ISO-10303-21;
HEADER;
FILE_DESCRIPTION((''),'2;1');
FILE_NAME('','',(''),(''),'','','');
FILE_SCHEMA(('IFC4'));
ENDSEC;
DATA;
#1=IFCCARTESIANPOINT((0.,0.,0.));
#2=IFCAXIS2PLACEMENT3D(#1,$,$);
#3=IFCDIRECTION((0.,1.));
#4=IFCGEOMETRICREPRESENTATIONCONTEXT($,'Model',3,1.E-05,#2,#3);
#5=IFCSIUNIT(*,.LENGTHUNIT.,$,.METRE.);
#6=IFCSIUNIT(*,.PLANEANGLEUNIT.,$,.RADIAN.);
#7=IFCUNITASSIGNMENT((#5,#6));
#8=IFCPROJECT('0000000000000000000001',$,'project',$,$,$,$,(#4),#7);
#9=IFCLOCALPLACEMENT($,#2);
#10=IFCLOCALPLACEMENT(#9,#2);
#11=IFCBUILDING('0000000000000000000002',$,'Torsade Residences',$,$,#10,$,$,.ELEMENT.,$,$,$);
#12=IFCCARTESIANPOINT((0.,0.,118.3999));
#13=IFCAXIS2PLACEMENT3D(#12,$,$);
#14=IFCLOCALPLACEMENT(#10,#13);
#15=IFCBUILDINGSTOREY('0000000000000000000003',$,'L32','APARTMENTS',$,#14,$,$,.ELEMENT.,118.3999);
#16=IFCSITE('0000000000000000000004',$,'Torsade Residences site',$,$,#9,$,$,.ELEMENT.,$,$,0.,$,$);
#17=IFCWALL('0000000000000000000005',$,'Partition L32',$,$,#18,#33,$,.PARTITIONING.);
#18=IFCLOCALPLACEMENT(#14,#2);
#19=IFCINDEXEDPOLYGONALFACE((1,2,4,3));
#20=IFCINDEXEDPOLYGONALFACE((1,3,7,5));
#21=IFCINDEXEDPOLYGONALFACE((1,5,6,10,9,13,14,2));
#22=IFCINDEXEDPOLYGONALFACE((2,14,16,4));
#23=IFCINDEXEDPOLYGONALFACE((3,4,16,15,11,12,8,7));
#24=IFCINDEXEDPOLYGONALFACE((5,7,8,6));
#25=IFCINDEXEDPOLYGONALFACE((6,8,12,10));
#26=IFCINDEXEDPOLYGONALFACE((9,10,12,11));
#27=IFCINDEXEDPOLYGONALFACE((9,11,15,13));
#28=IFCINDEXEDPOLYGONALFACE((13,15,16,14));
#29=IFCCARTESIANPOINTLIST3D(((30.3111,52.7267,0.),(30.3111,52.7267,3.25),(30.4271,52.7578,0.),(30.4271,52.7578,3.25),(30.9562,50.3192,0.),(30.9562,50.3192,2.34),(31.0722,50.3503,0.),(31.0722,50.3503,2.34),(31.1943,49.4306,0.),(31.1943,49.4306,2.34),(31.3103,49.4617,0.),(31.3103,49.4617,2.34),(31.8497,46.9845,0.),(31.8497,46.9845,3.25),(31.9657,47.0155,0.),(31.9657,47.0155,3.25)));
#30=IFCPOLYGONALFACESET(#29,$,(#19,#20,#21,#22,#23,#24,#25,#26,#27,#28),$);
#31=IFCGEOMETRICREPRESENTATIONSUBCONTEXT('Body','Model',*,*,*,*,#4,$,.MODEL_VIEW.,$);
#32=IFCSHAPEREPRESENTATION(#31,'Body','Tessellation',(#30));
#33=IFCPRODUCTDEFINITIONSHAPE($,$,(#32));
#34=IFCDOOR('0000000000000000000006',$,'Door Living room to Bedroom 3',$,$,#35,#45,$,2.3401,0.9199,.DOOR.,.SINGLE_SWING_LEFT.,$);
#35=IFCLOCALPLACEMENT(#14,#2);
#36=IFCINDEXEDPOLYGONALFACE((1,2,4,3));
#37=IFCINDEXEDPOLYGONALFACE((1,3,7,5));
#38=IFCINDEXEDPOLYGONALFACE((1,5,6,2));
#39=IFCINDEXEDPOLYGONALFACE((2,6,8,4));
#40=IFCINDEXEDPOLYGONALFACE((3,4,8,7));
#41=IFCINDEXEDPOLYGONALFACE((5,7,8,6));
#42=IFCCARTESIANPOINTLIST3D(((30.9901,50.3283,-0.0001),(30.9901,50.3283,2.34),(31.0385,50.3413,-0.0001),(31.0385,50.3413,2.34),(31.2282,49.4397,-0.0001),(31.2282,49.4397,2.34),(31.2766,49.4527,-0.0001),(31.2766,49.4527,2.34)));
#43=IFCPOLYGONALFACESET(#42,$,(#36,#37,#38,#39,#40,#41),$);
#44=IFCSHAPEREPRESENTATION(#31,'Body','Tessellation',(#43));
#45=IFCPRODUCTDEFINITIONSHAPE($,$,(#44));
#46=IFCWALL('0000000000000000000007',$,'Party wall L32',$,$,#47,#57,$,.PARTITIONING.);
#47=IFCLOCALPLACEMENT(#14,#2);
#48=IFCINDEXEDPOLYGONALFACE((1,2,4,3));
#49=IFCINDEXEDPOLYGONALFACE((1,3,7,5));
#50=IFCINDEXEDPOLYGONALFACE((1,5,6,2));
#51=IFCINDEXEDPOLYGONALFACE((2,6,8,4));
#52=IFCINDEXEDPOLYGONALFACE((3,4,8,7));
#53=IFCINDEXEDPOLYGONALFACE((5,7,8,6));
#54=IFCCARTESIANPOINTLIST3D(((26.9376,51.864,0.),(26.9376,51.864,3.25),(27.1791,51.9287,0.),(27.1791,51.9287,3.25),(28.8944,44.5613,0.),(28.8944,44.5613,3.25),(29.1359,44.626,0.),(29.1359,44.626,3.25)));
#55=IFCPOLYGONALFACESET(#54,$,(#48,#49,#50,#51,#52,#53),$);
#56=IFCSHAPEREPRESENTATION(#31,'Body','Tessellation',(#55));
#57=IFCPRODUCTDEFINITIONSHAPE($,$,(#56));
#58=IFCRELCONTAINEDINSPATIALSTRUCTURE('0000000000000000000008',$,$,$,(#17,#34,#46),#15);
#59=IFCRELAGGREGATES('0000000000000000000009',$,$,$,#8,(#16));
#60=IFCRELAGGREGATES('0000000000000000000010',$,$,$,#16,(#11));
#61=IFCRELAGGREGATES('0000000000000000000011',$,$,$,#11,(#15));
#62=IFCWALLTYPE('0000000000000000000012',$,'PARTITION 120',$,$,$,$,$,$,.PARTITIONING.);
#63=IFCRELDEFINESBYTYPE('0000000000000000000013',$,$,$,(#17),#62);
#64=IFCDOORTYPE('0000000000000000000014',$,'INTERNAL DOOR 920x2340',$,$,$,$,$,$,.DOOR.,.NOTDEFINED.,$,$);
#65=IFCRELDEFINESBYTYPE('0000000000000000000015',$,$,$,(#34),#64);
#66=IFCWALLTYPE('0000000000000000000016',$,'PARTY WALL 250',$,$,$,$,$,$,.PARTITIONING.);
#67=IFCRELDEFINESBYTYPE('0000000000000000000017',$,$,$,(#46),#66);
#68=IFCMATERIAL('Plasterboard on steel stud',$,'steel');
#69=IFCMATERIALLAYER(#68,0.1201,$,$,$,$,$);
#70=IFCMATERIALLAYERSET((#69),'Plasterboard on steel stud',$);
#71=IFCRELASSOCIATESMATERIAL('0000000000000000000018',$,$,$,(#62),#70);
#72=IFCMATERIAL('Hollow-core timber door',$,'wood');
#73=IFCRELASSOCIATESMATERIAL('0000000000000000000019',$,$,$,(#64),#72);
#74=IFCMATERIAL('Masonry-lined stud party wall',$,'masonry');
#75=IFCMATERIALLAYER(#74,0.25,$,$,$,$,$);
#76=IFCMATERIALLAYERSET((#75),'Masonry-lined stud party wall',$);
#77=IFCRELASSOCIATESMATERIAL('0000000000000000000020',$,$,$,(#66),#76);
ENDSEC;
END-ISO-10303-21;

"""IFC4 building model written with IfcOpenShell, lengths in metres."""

from ifc_helpers import new_model, si_unit, direction, frame, frame_2d, origin, place, context, subcontext, project, spatial, rectangle, extrude, material, layer, layer_set, type_object, element, fill, save


model = new_model("IFC4")

# Units and contexts
model_context = context("Model", 3, precision=1e-05, world=origin(), true_north=direction((0.0, 1.0)))
body_context = subcontext(model_context, "Body", "Model", "MODEL_VIEW")
ifc_project = project(units=[si_unit("LENGTHUNIT", "METRE"), si_unit("PLANEANGLEUNIT", "RADIAN")], contexts=[model_context])

# Site, building, storey
site_placement = place(None, origin())
site = spatial("IfcSite", under=ifc_project, at=site_placement, Name="Torsade Residences site", CompositionType="ELEMENT", RefElevation=0.0)
building_placement = place(site_placement, origin())
building = spatial("IfcBuilding", under=site, at=building_placement, Name="Torsade Residences", CompositionType="ELEMENT")
storey_placement = place(building_placement, frame((0.0, 0.0, 118.3999)))
storey = spatial("IfcBuildingStorey", under=building, at=storey_placement, Name="L32", Description="APARTMENTS", CompositionType="ELEMENT", Elevation=118.3999)

# Shared definitions
ifc_material_1 = material(Name="Plasterboard on steel stud", Category="steel")
ifc_layer_1 = layer(ifc_material_1, 0.1201)
ifc_layer_set_1 = layer_set([ifc_layer_1], Name="Plasterboard on steel stud")
wall_type_1 = type_object("IfcWallType", Name="PARTITION 120", PredefinedType="PARTITIONING", material=ifc_layer_set_1)

# Wall, opening, door
wall_1_placement = place(storey_placement, frame((31.9077, 47.0, 0.0), z_axis=(0.0, 0.0, 1.0), x_axis=(-0.258813, 0.965928, 0.0)))
wall_1 = element("IfcWall", 1, at=wall_1_placement, inside=storey, type_object=wall_type_1, Name="Partition L32", PredefinedType="PARTITIONING", context=body_context, shape_type="SweptSolid", body=[
    extrude(rectangle(XDim=5.9448, YDim=0.1201, at=frame_2d((2.9724, 0.0))), origin(), (0.0, 0.0, 1.0), 3.25),
])
opening_1_placement = place(wall_1_placement, frame((2.5325, 0.0, 0.0)))
opening_1 = element("IfcOpeningElement", 2, at=opening_1_placement, cuts=wall_1, PredefinedType="OPENING", context=body_context, shape_type="SweptSolid", body=[
    extrude(rectangle(XDim=0.9199, YDim=2.3401, at=frame_2d((0.46, 1.1699))), frame((0.0, 0.0701, 0.0), z_axis=(0.0, -1.0, 0.0), x_axis=(1.0, 0.0, 0.0)), (0.0, 0.0, 1.0), 0.1401),
])
ifc_material_2 = material(Name="Hollow-core timber door", Category="wood")
door_type_1 = type_object("IfcDoorType", Name="INTERNAL DOOR 920x2340", OperationType="NOTDEFINED", PredefinedType="DOOR", material=ifc_material_2)
door_1_placement = place(opening_1_placement, origin())
door_1 = element("IfcDoor", 3, at=door_1_placement, inside=storey, type_object=door_type_1, Name="Door Living room to Bedroom 3", OperationType="SINGLE_SWING_LEFT", OverallHeight=2.3401, OverallWidth=0.9199, PredefinedType="DOOR", context=body_context, shape_type="SweptSolid", body=[
    extrude(rectangle(XDim=0.9199, YDim=2.3401, at=frame_2d((0.46, 1.1699))), frame((0.0, 0.0249, 0.0), z_axis=(0.0, -1.0, 0.0), x_axis=(1.0, 0.0, 0.0)), (0.0, 0.0, 1.0), 0.05),
])
fill(opening_1, door_1)

# Wall
ifc_material_3 = material(Name="Masonry-lined stud party wall", Category="masonry")
ifc_layer_2 = layer(ifc_material_3, 0.25)
ifc_layer_set_2 = layer_set([ifc_layer_2], Name="Masonry-lined stud party wall")
wall_type_2 = type_object("IfcWallType", Name="PARTY WALL 250", PredefinedType="PARTITIONING", material=ifc_layer_set_2)
wall_2_placement = place(storey_placement, frame((27.0583, 51.8965, 0.0), z_axis=(0.0, 0.0, 1.0), x_axis=(0.258822, -0.965925, 0.0)))
element("IfcWall", 4, at=wall_2_placement, inside=storey, type_object=wall_type_2, Name="Party wall L32", PredefinedType="PARTITIONING", context=body_context, shape_type="SweptSolid", body=[
    extrude(rectangle(XDim=7.5603, YDim=0.25, at=frame_2d((3.7803, 0.0))), origin(), (0.0, 0.0, 1.0), 3.25),
])

save(model, "model.ifc")
